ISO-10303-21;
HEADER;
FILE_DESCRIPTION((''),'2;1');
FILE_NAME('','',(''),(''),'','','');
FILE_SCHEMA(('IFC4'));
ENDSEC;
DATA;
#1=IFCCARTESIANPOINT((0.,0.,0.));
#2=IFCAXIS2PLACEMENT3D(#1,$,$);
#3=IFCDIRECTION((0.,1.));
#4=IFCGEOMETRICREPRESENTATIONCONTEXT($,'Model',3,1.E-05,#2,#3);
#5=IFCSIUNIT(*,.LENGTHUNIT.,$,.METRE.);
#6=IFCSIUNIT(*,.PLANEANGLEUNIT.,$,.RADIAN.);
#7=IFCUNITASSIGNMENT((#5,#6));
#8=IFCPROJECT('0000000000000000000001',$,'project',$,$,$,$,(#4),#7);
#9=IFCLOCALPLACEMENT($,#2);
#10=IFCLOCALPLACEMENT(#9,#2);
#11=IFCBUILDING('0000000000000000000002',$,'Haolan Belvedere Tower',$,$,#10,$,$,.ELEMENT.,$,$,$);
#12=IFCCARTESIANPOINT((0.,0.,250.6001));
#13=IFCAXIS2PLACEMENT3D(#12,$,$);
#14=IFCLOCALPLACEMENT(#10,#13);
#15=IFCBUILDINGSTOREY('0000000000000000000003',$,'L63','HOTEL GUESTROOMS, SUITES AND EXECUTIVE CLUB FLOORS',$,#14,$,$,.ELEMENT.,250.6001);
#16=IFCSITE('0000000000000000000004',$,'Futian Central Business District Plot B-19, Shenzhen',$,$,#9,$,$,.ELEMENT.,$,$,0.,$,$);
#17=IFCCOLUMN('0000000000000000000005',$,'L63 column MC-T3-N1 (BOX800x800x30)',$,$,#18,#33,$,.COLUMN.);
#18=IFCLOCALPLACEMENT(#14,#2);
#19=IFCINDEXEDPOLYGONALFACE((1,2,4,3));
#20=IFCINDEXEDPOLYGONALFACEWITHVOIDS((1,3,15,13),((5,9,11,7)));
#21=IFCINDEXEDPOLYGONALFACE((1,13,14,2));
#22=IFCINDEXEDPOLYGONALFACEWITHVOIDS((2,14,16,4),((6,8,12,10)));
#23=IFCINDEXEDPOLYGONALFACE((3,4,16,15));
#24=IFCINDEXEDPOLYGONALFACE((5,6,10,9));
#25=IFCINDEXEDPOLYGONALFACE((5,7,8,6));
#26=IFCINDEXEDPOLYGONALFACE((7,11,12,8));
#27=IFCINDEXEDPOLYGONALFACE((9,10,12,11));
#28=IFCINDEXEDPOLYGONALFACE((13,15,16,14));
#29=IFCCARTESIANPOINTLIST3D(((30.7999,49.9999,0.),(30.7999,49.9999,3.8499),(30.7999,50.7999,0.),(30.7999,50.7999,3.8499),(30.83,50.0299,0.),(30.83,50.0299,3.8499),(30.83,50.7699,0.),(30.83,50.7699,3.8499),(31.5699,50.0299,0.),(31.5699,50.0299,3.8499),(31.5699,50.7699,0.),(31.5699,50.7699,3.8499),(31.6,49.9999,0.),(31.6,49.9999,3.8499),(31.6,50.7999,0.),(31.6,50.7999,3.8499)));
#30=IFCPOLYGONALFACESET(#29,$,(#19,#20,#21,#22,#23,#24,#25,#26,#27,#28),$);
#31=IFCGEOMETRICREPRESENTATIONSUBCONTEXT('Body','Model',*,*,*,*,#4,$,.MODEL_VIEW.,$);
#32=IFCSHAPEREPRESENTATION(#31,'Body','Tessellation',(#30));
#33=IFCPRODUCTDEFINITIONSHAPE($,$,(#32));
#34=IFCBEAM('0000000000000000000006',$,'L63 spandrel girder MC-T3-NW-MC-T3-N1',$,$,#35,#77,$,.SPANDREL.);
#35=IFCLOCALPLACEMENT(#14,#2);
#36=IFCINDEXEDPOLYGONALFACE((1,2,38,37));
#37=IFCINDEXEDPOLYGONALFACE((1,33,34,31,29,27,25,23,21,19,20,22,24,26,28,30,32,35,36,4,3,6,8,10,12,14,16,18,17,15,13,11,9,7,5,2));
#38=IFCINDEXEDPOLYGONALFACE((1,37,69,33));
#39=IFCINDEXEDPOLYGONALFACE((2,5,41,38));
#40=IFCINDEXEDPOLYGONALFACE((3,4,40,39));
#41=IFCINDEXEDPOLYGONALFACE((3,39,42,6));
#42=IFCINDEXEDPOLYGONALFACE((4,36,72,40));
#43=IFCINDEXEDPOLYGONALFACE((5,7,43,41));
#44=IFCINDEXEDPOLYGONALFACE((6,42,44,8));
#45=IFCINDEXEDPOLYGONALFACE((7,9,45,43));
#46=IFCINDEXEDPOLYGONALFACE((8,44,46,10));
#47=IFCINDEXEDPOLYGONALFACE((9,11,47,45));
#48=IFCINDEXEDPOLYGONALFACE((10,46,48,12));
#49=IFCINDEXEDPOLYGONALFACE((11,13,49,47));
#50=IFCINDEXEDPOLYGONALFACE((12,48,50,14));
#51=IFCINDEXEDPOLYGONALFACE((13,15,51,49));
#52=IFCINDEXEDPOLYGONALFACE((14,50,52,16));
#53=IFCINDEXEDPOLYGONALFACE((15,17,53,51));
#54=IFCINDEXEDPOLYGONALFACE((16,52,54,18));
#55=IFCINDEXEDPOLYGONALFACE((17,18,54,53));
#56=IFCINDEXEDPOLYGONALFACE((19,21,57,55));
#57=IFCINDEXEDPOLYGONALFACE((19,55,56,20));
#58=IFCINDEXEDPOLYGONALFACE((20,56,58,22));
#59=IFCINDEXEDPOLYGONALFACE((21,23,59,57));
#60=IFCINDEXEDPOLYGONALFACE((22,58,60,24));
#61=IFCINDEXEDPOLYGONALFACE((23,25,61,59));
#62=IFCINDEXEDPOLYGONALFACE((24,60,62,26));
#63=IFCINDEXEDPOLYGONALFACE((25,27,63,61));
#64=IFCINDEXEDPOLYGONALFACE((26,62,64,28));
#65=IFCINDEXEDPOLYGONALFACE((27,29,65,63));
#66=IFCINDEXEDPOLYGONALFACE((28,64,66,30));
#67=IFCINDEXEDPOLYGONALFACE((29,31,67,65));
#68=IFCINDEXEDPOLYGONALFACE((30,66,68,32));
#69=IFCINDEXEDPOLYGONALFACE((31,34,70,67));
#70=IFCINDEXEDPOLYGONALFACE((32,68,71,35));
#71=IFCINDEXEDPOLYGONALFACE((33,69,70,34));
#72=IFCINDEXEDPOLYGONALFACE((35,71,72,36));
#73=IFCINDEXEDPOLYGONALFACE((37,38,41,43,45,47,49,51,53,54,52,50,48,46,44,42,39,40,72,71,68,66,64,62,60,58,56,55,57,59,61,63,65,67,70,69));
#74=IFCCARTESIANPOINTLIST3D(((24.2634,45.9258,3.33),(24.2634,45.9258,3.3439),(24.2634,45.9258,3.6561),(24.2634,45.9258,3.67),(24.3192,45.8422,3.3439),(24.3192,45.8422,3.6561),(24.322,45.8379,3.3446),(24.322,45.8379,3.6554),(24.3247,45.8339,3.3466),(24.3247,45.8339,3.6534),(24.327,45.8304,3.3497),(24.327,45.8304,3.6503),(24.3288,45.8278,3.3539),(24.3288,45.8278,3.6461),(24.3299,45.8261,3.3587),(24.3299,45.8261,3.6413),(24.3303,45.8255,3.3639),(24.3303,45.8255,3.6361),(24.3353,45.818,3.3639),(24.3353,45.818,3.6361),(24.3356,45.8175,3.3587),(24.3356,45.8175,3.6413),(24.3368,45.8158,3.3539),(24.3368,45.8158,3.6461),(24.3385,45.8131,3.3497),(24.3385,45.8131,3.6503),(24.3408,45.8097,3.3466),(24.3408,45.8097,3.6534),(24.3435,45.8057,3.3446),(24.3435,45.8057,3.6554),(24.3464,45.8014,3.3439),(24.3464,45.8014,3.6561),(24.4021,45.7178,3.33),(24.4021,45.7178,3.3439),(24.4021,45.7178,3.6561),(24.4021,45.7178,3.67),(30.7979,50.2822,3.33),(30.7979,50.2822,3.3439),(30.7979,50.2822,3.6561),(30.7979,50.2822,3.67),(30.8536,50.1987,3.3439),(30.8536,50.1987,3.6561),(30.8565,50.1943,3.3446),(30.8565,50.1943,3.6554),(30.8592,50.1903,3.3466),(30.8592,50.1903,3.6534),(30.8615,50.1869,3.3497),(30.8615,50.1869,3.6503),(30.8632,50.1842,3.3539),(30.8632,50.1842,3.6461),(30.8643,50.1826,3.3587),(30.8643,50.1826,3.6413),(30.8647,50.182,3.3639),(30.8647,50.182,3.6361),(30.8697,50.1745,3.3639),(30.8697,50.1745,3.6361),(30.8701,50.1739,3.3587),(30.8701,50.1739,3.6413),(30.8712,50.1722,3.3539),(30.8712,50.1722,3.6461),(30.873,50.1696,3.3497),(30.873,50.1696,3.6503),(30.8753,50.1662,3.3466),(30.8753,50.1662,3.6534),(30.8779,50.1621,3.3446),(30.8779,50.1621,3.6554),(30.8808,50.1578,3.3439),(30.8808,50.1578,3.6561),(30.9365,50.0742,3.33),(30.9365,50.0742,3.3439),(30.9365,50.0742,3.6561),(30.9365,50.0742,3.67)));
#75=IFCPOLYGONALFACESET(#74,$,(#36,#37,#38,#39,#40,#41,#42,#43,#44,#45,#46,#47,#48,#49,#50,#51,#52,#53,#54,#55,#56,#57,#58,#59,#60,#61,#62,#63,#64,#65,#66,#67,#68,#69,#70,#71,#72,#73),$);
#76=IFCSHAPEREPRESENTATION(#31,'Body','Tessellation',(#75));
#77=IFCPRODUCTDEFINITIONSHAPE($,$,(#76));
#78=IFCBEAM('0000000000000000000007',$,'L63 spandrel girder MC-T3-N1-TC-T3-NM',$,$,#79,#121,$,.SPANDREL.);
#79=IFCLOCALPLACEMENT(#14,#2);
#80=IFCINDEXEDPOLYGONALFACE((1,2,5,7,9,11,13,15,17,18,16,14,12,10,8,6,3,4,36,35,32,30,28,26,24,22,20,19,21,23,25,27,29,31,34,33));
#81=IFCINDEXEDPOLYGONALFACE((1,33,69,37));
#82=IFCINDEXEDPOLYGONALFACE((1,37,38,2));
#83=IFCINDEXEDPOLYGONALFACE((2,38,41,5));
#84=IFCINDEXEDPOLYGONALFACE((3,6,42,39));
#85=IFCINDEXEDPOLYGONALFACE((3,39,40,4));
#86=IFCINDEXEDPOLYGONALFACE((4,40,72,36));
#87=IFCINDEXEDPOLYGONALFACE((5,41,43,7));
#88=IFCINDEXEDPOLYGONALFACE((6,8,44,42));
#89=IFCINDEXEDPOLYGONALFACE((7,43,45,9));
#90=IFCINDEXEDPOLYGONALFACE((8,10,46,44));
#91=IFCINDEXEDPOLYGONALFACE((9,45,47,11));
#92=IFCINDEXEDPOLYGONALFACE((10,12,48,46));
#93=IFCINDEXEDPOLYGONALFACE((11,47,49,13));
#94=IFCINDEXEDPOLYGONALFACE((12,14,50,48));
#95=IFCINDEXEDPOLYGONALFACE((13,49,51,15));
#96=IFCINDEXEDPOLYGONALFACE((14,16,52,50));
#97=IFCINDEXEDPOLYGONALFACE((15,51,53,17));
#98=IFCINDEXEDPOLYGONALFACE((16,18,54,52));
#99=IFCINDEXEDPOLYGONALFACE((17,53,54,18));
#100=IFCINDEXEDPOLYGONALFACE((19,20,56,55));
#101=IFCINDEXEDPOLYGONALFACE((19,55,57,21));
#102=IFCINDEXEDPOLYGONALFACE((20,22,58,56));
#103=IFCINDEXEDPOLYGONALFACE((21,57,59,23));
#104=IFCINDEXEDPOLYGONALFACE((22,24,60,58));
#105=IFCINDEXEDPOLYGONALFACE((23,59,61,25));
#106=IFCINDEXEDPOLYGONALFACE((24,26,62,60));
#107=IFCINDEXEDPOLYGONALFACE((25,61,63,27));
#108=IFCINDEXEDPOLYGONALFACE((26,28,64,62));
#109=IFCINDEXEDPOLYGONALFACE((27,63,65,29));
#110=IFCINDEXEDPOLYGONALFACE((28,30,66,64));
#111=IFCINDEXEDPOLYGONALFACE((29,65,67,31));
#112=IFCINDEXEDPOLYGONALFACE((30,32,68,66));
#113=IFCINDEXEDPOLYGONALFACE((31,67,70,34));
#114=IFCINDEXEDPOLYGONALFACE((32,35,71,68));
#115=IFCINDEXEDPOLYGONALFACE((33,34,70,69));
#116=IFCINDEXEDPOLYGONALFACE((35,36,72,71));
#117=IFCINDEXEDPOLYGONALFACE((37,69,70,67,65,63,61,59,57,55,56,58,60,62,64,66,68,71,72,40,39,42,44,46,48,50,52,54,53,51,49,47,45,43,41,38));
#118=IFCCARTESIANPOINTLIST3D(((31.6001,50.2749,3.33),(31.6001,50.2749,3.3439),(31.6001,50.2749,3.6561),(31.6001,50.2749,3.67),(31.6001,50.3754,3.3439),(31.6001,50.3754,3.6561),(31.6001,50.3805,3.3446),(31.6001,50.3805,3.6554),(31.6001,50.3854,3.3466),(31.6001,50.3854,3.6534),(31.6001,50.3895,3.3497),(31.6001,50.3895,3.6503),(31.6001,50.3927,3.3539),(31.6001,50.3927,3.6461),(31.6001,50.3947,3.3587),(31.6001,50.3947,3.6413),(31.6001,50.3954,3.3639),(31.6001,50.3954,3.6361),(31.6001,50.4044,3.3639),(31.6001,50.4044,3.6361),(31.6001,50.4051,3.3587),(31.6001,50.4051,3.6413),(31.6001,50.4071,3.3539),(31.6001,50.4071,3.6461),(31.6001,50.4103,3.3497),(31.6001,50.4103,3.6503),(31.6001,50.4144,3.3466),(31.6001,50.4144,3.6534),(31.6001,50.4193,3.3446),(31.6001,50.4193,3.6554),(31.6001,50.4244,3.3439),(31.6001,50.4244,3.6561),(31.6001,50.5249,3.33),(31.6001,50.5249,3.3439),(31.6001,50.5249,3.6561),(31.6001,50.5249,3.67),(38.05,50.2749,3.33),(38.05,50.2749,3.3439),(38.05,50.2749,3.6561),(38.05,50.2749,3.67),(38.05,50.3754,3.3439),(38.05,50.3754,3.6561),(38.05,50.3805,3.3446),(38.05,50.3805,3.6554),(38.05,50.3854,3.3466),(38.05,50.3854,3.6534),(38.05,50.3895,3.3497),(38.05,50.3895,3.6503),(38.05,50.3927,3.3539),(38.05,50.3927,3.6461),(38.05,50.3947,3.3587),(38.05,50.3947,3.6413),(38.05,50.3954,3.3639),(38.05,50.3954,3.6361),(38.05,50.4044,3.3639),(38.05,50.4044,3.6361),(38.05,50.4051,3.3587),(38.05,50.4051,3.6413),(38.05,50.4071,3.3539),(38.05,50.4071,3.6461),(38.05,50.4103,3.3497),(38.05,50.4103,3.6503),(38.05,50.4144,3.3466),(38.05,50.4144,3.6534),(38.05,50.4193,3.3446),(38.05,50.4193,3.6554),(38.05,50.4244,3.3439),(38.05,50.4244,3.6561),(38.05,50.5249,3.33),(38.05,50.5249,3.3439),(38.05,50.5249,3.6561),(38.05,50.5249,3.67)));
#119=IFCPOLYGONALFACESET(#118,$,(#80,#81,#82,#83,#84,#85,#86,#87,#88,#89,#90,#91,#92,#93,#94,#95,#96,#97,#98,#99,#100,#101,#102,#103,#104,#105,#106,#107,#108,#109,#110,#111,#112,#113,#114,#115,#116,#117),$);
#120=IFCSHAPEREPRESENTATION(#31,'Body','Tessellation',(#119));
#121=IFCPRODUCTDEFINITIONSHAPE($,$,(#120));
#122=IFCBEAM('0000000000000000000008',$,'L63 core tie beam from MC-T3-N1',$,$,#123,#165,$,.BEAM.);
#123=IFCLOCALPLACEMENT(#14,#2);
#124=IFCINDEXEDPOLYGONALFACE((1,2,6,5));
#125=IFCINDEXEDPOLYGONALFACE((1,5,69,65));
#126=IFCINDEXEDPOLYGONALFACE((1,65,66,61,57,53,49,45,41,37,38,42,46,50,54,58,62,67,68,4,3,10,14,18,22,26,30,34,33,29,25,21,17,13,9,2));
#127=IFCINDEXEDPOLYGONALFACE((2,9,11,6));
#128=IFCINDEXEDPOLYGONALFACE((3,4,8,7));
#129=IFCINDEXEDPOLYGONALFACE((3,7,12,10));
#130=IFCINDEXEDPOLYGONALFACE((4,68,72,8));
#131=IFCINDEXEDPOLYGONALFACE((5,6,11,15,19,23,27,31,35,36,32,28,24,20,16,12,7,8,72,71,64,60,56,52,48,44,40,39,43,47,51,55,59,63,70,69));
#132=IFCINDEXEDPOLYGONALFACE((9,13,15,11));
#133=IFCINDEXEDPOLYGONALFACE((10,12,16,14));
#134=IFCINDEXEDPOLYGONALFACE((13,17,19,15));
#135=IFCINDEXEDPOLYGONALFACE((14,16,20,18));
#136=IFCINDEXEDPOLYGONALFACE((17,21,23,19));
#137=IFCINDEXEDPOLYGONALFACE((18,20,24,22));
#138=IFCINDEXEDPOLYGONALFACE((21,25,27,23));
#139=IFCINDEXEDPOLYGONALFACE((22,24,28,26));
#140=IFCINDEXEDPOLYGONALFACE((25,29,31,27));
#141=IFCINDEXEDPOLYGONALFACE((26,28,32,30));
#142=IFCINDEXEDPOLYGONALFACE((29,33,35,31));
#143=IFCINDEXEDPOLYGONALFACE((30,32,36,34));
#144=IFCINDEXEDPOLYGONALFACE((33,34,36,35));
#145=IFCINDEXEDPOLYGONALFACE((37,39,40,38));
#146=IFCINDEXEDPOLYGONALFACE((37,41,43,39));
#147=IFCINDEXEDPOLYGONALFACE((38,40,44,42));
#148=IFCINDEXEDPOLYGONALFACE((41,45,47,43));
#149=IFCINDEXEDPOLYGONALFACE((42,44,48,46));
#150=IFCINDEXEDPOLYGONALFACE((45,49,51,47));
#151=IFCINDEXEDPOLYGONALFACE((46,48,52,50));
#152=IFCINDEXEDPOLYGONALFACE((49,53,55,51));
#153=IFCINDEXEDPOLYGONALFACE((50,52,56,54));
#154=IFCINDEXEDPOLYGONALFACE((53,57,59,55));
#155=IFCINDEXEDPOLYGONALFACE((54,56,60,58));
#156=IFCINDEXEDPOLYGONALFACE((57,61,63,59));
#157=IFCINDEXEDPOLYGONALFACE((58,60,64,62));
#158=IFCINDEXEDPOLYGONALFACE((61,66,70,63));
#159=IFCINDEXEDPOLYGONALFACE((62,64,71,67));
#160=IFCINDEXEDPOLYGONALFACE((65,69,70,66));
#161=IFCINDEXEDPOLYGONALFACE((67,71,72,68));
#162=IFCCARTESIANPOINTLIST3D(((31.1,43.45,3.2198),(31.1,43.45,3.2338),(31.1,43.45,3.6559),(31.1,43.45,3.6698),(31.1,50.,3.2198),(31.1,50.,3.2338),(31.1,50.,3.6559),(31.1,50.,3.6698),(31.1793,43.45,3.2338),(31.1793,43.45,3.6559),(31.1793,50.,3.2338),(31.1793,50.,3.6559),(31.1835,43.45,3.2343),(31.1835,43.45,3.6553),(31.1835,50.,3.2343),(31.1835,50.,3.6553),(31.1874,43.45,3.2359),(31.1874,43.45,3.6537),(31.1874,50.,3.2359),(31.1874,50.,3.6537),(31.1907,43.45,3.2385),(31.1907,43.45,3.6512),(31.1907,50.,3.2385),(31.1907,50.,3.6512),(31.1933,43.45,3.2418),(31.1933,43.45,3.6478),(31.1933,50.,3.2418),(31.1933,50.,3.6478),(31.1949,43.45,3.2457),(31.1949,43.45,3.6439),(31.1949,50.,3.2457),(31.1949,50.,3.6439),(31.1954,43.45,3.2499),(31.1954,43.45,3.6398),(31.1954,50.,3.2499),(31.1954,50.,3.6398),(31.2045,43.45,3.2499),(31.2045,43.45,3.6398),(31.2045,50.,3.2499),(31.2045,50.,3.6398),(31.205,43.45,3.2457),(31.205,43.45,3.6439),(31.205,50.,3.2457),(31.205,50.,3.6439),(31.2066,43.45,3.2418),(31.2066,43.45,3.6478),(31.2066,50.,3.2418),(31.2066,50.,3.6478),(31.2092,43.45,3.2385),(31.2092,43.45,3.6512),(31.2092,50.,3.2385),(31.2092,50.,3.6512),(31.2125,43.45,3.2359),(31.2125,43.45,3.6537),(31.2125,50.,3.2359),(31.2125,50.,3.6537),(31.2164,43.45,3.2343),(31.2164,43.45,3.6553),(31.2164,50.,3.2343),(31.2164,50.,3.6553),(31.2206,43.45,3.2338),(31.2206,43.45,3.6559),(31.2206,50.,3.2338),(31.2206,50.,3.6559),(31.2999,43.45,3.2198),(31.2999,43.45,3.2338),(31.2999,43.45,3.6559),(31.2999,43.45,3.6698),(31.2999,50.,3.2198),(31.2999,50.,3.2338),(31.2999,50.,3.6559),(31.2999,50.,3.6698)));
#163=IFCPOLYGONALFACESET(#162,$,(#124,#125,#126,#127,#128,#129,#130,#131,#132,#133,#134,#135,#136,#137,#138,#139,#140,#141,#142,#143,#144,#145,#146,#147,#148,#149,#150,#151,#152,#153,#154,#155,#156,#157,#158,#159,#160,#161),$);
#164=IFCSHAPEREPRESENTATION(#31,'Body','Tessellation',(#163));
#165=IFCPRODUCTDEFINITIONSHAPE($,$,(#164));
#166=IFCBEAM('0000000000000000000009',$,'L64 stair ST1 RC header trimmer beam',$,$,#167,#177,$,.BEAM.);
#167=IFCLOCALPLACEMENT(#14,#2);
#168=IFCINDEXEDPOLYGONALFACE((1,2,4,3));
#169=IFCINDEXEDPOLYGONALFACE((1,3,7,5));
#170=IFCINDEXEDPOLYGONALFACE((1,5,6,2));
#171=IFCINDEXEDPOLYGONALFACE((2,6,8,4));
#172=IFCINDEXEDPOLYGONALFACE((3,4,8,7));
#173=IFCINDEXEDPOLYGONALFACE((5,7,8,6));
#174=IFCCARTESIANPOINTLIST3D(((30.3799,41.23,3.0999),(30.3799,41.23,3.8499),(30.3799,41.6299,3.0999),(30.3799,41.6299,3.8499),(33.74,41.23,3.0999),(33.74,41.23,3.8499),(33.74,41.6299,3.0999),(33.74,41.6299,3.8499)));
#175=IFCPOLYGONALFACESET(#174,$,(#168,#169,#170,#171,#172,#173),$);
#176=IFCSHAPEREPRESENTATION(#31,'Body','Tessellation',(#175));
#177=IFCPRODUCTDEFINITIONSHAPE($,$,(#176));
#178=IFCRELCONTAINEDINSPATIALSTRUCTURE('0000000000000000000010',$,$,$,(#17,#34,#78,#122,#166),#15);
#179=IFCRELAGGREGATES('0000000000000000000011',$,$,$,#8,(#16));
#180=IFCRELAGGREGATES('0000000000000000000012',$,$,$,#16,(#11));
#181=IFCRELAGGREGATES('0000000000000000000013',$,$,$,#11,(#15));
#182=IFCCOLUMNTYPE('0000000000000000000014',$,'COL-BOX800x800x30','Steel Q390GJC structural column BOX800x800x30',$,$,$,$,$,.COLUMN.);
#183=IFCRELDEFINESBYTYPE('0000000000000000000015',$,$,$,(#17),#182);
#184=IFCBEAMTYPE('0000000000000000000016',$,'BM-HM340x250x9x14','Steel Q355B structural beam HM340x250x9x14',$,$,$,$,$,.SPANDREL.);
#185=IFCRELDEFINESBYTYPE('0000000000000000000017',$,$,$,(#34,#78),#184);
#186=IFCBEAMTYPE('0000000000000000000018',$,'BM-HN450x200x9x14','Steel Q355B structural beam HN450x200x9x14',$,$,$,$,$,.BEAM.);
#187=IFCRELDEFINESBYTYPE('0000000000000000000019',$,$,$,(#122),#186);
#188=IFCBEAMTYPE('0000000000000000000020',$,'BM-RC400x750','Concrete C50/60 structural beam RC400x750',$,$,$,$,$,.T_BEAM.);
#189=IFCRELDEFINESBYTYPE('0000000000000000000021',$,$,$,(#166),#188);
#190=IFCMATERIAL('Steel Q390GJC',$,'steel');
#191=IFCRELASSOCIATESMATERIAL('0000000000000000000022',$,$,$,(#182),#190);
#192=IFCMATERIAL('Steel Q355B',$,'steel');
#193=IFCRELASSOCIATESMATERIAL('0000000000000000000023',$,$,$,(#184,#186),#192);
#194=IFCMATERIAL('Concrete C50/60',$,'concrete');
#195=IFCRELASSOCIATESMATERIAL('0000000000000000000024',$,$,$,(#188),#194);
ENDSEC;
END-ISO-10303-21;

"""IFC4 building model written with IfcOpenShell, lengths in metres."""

from ifc_helpers import new_model, si_unit, direction, frame, origin, origin_2d, place, context, subcontext, project, spatial, rectangle, hollow_rectangle, i_section, extrude, material, material_profile, profile_set, type_object, element, save


model = new_model("IFC4")

# Units and contexts
model_context = context("Model", 3, precision=1e-05, world=origin(), true_north=direction((0.0, 1.0)))
body_context = subcontext(model_context, "Body", "Model", "MODEL_VIEW")
ifc_project = project(units=[si_unit("LENGTHUNIT", "METRE"), si_unit("PLANEANGLEUNIT", "RADIAN")], contexts=[model_context])

# Site, building, storey
site_placement = place(None, origin())
site = spatial("IfcSite", under=ifc_project, at=site_placement, Name="Futian Central Business District Plot B-19, Shenzhen", CompositionType="ELEMENT", RefElevation=0.0)
building_placement = place(site_placement, origin())
building = spatial("IfcBuilding", under=site, at=building_placement, Name="Haolan Belvedere Tower", CompositionType="ELEMENT")
storey_placement = place(building_placement, frame((0.0, 0.0, 250.6001)))
storey = spatial("IfcBuildingStorey", under=building, at=storey_placement, Name="L63", Description="HOTEL GUESTROOMS, SUITES AND EXECUTIVE CLUB FLOORS", CompositionType="ELEMENT", Elevation=250.6001)

# Column
ifc_material_1 = material(Name="Steel Q390GJC", Category="steel")
ifc_material_profile_1 = material_profile(ifc_material_1, hollow_rectangle(XDim=0.8, YDim=0.8, WallThickness=0.03, at=origin_2d()), Name="Steel Q390GJC")
ifc_profile_set_1 = profile_set([ifc_material_profile_1], Name="Steel Q390GJC")
column_type = type_object("IfcColumnType", Name="COL-BOX800x800x30", Description="Steel Q390GJC structural column BOX800x800x30", PredefinedType="COLUMN", material=ifc_profile_set_1)
column_placement = place(storey_placement, frame((31.2, 50.3999, 0.0), z_axis=(0.0, 0.0, 1.0), x_axis=(1.0, 0.0, 0.0)))
element("IfcColumn", 1, at=column_placement, inside=storey, type_object=column_type, Name="L63 column MC-T3-N1 (BOX800x800x30)", PredefinedType="COLUMN", context=body_context, shape_type="SweptSolid", body=[
    extrude(hollow_rectangle(XDim=0.8, YDim=0.8, WallThickness=0.03, at=origin_2d()), origin(), (0.0, 0.0, 1.0), 3.8499),
])

# Beams
ifc_material_2 = material(Name="Steel Q355B", Category="steel")
ifc_material_profile_2 = material_profile(ifc_material_2, i_section(OverallWidth=0.25, OverallDepth=0.3401, WebThickness=0.009, FlangeThickness=0.0139, FilletRadius=0.02, at=origin_2d()), Name="Steel Q355B")
ifc_profile_set_2 = profile_set([ifc_material_profile_2], Name="Steel Q355B")
beam_type_1 = type_object("IfcBeamType", Name="BM-HM340x250x9x14", Description="Steel Q355B structural beam HM340x250x9x14", PredefinedType="SPANDREL", material=ifc_profile_set_2)
beam_1_placement = place(storey_placement, frame((24.3328, 45.8218, 3.5), z_axis=(0.832041, 0.554715, 0.0), x_axis=(-0.554715, 0.832041, 0.0)))
element("IfcBeam", 2, at=beam_1_placement, inside=storey, type_object=beam_type_1, Name="L63 spandrel girder MC-T3-NW-MC-T3-N1", PredefinedType="SPANDREL", context=body_context, shape_type="SweptSolid", body=[
    extrude(i_section(OverallWidth=0.25, OverallDepth=0.3401, WebThickness=0.009, FlangeThickness=0.0139, FilletRadius=0.02, at=origin_2d()), origin(), (0.0, 0.0, 1.0), 7.8535),
])
beam_2_placement = place(storey_placement, frame((31.6001, 50.3999, 3.5), z_axis=(1.0, 0.0, 0.0), x_axis=(0.0, 1.0, 0.0)))
element("IfcBeam", 3, at=beam_2_placement, inside=storey, type_object=beam_type_1, Name="L63 spandrel girder MC-T3-N1-TC-T3-NM", PredefinedType="SPANDREL", context=body_context, shape_type="SweptSolid", body=[
    extrude(i_section(OverallWidth=0.25, OverallDepth=0.3401, WebThickness=0.009, FlangeThickness=0.0139, FilletRadius=0.02, at=origin_2d()), origin(), (0.0, 0.0, 1.0), 6.45),
])
ifc_material_profile_3 = material_profile(ifc_material_2, i_section(OverallWidth=0.2, OverallDepth=0.45, WebThickness=0.009, FlangeThickness=0.0139, FilletRadius=0.0161, at=origin_2d()), Name="Steel Q355B")
ifc_profile_set_3 = profile_set([ifc_material_profile_3], Name="Steel Q355B")
beam_type_2 = type_object("IfcBeamType", Name="BM-HN450x200x9x14", Description="Steel Q355B structural beam HN450x200x9x14", PredefinedType="BEAM", material=ifc_profile_set_3)
beam_3_placement = place(storey_placement, frame((31.2, 50.0, 3.4448), z_axis=(0.0, -1.0, 0.0), x_axis=(1.0, 0.0, 0.0)))
element("IfcBeam", 4, at=beam_3_placement, inside=storey, type_object=beam_type_2, Name="L63 core tie beam from MC-T3-N1", PredefinedType="BEAM", context=body_context, shape_type="SweptSolid", body=[
    extrude(i_section(OverallWidth=0.2, OverallDepth=0.45, WebThickness=0.009, FlangeThickness=0.0139, FilletRadius=0.0161, at=origin_2d()), origin(), (0.0, 0.0, 1.0), 6.55),
])
ifc_material_3 = material(Name="Concrete C50/60", Category="concrete")
ifc_material_profile_4 = material_profile(ifc_material_3, rectangle(XDim=0.3999, YDim=0.75, at=origin_2d()), Name="Concrete C50/60")
ifc_profile_set_4 = profile_set([ifc_material_profile_4], Name="Concrete C50/60")
beam_type_3 = type_object("IfcBeamType", Name="BM-RC400x750", Description="Concrete C50/60 structural beam RC400x750", PredefinedType="T_BEAM", material=ifc_profile_set_4)
beam_4_placement = place(storey_placement, frame((30.3799, 41.4299, 3.4749), z_axis=(1.0, 0.0, 0.0), x_axis=(0.0, 1.0, 0.0)))
element("IfcBeam", 5, at=beam_4_placement, inside=storey, type_object=beam_type_3, Name="L64 stair ST1 RC header trimmer beam", PredefinedType="BEAM", context=body_context, shape_type="SweptSolid", body=[
    extrude(rectangle(XDim=0.3999, YDim=0.75, at=origin_2d()), origin(), (0.0, 0.0, 1.0), 3.3601),
])

save(model, "model.ifc")
